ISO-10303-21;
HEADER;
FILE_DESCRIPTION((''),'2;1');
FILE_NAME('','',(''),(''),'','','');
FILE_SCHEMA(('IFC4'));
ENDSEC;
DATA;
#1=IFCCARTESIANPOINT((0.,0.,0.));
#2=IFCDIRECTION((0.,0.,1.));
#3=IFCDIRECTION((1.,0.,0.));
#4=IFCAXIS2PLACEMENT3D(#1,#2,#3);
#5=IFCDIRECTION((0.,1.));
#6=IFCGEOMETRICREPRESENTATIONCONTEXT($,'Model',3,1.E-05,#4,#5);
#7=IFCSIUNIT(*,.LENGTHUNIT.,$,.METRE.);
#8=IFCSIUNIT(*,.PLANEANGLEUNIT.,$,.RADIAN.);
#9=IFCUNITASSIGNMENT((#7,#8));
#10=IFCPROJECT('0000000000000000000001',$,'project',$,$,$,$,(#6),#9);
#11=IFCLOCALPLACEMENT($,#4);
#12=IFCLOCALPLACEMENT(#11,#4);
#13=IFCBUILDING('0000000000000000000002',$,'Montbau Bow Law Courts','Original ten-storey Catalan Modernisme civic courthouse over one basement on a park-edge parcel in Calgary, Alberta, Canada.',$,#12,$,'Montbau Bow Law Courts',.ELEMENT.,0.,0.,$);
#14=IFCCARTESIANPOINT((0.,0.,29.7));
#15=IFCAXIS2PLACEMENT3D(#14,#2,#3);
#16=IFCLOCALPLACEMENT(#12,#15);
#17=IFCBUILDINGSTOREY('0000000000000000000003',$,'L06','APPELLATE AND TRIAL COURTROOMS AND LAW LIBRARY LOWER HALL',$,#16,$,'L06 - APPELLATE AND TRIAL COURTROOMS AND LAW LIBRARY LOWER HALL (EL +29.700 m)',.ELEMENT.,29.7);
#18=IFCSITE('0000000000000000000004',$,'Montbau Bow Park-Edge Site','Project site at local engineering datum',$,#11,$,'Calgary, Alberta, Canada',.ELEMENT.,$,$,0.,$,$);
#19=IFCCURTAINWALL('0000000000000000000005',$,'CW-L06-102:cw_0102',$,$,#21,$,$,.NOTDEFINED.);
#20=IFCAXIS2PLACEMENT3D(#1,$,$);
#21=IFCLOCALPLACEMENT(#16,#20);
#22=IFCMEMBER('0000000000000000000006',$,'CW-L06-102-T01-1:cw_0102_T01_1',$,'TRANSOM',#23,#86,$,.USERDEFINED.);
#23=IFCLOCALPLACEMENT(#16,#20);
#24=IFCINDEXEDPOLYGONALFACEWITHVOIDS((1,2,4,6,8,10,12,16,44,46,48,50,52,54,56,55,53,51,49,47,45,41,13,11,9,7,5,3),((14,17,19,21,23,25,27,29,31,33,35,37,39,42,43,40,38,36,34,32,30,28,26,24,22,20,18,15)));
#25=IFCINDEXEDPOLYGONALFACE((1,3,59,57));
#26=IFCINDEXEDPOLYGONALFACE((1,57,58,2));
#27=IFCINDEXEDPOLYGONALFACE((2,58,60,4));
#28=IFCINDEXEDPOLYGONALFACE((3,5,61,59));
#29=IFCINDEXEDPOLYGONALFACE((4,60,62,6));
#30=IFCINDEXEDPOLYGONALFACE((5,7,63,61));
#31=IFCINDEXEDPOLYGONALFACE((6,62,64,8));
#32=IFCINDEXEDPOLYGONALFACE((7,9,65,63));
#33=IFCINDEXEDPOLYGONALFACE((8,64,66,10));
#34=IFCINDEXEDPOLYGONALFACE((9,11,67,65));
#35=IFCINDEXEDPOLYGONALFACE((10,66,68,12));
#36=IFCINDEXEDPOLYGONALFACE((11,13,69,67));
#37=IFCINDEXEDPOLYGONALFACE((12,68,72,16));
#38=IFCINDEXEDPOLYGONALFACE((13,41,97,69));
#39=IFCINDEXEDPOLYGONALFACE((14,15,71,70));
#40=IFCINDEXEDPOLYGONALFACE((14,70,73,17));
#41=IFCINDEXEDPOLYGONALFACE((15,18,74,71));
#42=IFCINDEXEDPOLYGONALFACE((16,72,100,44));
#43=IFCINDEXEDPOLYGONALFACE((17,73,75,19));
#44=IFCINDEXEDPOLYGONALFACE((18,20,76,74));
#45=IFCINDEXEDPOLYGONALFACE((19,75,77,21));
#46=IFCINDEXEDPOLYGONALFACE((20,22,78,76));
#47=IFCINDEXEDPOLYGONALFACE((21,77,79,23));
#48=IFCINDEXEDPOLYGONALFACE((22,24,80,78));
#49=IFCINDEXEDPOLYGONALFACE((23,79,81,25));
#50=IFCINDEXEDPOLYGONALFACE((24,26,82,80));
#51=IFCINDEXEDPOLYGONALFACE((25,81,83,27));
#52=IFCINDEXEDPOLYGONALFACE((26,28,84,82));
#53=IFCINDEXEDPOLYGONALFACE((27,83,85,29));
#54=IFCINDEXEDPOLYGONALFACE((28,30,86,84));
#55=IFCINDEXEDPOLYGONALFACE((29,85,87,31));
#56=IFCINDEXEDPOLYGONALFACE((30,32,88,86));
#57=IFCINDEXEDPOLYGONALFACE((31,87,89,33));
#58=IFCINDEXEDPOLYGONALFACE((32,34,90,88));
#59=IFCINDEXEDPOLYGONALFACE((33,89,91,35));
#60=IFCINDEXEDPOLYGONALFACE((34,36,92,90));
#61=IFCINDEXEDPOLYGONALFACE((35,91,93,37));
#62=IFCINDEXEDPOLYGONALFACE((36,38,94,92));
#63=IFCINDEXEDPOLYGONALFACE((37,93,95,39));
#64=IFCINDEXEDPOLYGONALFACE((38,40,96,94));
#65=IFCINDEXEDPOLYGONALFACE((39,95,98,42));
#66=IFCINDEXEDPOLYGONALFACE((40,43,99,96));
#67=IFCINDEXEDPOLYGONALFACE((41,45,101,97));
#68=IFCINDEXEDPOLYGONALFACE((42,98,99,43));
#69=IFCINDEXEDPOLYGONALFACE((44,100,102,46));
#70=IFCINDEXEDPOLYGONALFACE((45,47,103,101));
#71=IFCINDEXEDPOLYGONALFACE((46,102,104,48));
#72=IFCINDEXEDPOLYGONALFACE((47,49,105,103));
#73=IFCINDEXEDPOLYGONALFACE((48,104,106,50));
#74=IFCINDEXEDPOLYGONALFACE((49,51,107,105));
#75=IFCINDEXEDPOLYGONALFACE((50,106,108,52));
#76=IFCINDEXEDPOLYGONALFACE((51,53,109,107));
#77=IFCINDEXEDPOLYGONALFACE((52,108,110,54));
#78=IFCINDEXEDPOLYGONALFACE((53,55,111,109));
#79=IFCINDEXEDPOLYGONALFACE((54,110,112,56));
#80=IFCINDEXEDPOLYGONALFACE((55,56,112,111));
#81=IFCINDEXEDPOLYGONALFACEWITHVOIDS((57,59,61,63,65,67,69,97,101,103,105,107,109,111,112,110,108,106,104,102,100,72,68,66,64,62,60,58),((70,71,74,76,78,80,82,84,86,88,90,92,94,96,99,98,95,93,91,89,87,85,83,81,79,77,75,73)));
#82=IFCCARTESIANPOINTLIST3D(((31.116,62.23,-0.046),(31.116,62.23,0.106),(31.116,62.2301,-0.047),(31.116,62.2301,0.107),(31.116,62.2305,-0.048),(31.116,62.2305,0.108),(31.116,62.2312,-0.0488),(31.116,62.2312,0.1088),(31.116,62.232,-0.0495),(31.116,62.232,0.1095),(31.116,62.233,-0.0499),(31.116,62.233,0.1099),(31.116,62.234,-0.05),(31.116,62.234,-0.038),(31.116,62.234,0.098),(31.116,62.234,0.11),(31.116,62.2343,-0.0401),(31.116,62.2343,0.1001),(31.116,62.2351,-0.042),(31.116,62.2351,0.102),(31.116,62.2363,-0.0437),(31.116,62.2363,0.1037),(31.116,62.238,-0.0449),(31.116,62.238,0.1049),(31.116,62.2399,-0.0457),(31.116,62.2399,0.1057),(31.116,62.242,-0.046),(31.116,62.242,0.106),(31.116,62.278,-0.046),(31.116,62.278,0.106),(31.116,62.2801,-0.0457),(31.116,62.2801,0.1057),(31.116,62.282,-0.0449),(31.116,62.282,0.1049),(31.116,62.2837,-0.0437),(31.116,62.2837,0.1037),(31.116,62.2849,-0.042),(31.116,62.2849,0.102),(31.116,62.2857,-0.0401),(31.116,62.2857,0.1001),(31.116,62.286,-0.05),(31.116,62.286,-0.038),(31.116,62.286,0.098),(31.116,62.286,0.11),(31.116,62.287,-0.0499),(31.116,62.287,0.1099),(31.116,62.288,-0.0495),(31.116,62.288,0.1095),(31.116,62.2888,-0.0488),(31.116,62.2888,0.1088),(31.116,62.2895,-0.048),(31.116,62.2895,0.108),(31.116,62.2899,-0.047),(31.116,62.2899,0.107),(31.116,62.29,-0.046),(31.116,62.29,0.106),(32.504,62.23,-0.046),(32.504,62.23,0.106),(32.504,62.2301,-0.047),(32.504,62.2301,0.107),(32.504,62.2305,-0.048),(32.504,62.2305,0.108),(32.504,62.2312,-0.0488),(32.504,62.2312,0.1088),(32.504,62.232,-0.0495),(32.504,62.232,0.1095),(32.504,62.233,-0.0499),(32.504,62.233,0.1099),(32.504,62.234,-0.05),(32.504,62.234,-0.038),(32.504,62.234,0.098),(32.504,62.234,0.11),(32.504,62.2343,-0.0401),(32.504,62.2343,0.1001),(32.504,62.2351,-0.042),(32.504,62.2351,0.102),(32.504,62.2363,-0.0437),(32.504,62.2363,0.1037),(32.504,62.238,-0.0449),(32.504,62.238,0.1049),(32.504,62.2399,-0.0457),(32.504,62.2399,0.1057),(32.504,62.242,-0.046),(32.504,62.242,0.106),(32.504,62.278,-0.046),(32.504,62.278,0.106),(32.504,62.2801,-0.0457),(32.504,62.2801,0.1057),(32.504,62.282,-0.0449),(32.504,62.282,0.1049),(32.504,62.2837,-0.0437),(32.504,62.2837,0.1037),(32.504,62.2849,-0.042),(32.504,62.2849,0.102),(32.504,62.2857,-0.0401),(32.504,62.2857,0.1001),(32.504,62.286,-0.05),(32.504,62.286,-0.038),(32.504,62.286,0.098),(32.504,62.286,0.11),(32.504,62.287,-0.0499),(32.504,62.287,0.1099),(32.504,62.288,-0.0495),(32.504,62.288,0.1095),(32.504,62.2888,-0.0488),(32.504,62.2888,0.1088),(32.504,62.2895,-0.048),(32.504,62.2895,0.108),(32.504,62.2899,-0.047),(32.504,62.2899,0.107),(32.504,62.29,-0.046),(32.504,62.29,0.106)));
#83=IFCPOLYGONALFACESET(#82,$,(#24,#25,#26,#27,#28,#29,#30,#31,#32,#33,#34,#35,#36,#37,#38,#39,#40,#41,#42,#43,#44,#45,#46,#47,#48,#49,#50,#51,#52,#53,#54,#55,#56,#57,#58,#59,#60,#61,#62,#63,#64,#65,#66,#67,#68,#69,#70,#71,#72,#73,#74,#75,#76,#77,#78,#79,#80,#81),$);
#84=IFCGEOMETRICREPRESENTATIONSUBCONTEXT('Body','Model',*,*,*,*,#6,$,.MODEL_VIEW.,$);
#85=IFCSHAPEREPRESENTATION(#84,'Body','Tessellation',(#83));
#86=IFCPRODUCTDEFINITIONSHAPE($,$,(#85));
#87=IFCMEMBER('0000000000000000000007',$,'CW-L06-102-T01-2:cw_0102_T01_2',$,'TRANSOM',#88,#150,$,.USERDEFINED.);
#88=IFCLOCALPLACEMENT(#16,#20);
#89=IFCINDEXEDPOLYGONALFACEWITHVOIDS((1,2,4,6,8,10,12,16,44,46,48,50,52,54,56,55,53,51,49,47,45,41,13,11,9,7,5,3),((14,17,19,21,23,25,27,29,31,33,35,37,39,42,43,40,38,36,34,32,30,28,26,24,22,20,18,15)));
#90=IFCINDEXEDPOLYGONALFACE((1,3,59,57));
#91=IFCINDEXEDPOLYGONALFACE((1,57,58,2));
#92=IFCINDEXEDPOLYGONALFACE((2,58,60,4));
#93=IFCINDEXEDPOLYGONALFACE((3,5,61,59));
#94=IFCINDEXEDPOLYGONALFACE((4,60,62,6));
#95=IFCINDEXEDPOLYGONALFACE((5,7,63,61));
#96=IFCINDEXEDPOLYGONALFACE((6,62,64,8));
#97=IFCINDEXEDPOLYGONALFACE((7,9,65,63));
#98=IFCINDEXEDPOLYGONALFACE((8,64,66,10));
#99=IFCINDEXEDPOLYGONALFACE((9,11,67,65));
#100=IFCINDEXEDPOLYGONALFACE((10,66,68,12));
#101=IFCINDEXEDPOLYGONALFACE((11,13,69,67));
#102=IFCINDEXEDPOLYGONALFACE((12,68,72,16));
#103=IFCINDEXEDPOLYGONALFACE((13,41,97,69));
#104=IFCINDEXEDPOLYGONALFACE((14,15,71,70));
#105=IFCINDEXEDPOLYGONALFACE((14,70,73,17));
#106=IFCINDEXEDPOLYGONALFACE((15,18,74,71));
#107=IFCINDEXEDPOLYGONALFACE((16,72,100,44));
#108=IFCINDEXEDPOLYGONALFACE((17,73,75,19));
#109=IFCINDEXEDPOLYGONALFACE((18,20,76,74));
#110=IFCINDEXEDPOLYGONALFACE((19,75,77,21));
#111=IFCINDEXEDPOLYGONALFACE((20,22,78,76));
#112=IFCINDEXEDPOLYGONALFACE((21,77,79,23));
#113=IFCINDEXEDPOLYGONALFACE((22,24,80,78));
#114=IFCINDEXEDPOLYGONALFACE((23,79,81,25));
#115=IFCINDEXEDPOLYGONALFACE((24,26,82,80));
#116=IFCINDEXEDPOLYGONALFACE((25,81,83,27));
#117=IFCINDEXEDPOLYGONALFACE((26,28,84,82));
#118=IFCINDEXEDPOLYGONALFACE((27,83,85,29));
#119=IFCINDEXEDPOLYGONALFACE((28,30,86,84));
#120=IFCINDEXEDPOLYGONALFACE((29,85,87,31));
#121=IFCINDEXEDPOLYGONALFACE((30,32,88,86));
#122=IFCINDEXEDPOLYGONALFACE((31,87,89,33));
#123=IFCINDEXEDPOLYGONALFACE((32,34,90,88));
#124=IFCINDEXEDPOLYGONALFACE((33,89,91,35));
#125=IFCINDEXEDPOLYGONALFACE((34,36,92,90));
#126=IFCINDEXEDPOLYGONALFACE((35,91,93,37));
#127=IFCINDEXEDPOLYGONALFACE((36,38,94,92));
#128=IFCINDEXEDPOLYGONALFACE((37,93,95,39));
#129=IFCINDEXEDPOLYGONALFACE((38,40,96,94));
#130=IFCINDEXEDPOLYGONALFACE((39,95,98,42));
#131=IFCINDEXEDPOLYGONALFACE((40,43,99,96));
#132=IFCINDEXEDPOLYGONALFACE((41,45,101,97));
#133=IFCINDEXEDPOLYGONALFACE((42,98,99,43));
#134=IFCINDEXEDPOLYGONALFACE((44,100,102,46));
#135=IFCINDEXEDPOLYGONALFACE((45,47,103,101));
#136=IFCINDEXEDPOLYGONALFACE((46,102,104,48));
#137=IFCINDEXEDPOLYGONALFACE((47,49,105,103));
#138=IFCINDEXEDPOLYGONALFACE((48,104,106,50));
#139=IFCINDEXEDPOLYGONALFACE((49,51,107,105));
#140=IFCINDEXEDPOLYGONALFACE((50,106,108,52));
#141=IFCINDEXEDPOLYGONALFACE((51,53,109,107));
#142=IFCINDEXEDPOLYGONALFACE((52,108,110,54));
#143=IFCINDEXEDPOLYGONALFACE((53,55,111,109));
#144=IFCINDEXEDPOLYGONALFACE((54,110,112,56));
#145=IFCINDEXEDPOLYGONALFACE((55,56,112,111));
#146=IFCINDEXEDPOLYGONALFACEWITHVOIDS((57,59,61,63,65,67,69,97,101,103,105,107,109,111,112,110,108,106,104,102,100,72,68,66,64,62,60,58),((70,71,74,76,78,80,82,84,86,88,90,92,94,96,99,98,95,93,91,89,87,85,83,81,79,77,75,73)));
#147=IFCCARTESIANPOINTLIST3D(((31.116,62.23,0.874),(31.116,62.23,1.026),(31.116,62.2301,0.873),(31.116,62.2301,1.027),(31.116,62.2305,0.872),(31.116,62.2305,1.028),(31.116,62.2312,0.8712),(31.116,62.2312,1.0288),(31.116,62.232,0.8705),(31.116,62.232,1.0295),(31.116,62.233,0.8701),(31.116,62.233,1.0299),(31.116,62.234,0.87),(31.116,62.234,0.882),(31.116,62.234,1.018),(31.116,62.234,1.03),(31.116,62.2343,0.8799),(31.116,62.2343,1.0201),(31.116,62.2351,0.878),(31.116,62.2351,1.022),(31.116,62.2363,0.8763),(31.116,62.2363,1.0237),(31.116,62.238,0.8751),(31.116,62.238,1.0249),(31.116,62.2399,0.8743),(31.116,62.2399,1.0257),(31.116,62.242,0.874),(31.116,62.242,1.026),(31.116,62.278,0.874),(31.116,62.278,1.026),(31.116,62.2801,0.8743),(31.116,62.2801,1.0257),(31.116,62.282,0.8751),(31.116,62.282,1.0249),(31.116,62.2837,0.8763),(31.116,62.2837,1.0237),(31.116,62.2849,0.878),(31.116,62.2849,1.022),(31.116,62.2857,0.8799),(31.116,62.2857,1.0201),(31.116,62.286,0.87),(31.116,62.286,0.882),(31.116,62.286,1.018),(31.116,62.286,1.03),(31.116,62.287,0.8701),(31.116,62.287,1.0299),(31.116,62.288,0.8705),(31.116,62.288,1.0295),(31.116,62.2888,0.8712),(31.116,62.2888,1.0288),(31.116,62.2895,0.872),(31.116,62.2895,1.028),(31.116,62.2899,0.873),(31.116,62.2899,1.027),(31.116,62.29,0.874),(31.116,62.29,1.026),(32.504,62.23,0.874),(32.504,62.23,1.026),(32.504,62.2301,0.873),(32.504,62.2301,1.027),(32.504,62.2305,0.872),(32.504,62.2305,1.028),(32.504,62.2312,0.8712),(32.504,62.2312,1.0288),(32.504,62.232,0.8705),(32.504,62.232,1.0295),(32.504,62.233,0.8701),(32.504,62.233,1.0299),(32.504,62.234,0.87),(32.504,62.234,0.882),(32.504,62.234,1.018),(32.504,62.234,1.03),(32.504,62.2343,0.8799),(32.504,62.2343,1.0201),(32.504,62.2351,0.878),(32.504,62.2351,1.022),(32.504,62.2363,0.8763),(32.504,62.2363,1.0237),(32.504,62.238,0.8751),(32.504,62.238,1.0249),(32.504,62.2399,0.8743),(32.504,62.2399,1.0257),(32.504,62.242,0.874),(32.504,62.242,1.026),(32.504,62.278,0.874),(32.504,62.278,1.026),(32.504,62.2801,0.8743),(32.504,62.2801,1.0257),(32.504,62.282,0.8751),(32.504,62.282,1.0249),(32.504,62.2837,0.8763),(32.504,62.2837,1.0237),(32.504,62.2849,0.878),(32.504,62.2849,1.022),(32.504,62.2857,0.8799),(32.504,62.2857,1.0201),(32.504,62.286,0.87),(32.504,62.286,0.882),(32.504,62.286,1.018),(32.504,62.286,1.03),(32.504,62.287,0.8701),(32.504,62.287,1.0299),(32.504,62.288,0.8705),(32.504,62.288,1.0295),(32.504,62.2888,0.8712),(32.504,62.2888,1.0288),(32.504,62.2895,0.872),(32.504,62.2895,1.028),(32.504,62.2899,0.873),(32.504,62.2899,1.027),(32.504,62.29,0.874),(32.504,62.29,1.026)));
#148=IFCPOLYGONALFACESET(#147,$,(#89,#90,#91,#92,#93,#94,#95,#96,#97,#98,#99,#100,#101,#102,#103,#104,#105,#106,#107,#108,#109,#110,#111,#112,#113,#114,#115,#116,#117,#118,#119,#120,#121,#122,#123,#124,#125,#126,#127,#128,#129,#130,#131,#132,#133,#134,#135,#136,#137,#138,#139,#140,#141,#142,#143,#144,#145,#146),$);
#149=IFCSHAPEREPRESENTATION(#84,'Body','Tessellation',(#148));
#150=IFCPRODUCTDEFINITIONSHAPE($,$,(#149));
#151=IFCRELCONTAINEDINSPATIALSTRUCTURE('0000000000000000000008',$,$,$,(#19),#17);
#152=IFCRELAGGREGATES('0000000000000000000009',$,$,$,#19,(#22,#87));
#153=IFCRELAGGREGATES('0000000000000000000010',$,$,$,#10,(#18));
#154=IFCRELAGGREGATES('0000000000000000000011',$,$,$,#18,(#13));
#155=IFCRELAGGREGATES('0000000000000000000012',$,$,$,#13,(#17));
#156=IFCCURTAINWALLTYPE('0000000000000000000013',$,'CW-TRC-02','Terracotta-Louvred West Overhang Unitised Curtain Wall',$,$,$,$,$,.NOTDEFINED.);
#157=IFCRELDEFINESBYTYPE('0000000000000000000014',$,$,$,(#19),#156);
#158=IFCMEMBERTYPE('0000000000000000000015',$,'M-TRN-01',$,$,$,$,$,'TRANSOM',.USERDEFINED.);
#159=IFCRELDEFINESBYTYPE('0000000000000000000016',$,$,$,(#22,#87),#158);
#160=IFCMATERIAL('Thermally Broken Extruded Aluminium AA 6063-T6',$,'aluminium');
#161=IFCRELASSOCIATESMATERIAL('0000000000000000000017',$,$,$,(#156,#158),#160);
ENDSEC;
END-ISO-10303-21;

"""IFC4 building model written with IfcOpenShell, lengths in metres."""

from ifc_helpers import new_model, si_unit, direction, frame, origin_with_axes, origin_2d_with_axis, place, context, subcontext, project, spatial, hollow_rectangle, extrude, material, material_profile, profile_set, type_object, element, aggregate, save


model = new_model("IFC4")

# Units and contexts
model_context = context("Model", 3, precision=1e-05, world=origin_with_axes(), true_north=direction((0.0, 1.0)))
body_context = subcontext(model_context, "Body", "Model", "MODEL_VIEW")
ifc_project = project(units=[si_unit("LENGTHUNIT", "METRE"), si_unit("PLANEANGLEUNIT", "RADIAN")], contexts=[model_context])

# Site, building, storey
site_placement = place(None, origin_with_axes())
site = spatial("IfcSite", under=ifc_project, at=site_placement, Name="Montbau Bow Park-Edge Site", Description="Project site at local engineering datum", LongName="Calgary, Alberta, Canada", CompositionType="ELEMENT", RefElevation=0.0)
building_placement = place(site_placement, origin_with_axes())
building = spatial("IfcBuilding", under=site, at=building_placement, Name="Montbau Bow Law Courts", Description="Original ten-storey Catalan Modernisme civic courthouse over one basement on a park-edge parcel in Calgary, Alberta, Canada.", LongName="Montbau Bow Law Courts", CompositionType="ELEMENT", ElevationOfRefHeight=0.0, ElevationOfTerrain=0.0)
storey_placement = place(building_placement, frame((0.0, 0.0, 29.7), z_axis=(0.0, 0.0, 1.0), x_axis=(1.0, 0.0, 0.0)))
storey = spatial("IfcBuildingStorey", under=building, at=storey_placement, Name="L06", Description="APPELLATE AND TRIAL COURTROOMS AND LAW LIBRARY LOWER HALL", LongName="L06 - APPELLATE AND TRIAL COURTROOMS AND LAW LIBRARY LOWER HALL (EL +29.700 m)", CompositionType="ELEMENT", Elevation=29.7)

# Curtain wall
ifc_material_1 = material(Name="Thermally Broken Extruded Aluminium AA 6063-T6", Category="aluminium")
curtain_wall_type = type_object("IfcCurtainWallType", Name="CW-TRC-02", Description="Terracotta-Louvred West Overhang Unitised Curtain Wall", PredefinedType="NOTDEFINED", material=ifc_material_1)
curtain_wall_1_placement = place(None, frame((31.04, 62.26, 29.7), z_axis=(0.0, 0.0, 1.0), x_axis=(1.0, 0.0, 0.0)))
curtain_wall_1 = element("IfcCurtainWall", 1, at=curtain_wall_1_placement, inside=storey, type_object=curtain_wall_type, Name="CW-L06-102:cw_0102", PredefinedType="NOTDEFINED")

# Members
ifc_material_profile_1 = material_profile(ifc_material_1, hollow_rectangle(XDim=0.06, YDim=0.16, WallThickness=0.004, InnerFilletRadius=0.008, OuterFilletRadius=0.004, at=origin_2d_with_axis()), Name="CWT-160X60", Category="Main", Priority=0)
ifc_profile_set_1 = profile_set([ifc_material_profile_1], Name="Thermally Broken Extruded Aluminium AA 6063-T6")
member_type_1 = type_object("IfcMemberType", Name="M-TRN-01", ElementType="TRANSOM", PredefinedType="USERDEFINED", material=ifc_profile_set_1)
member_1_placement = place(None, frame((31.116, 62.26, 29.73), z_axis=(1.0, 0.0, 0.0), x_axis=(0.0, 1.0, 0.0)))
member_1 = element("IfcMember", 2, at=member_1_placement, type_object=member_type_1, Name="CW-L06-102-T01-1:cw_0102_T01_1", ObjectType="TRANSOM", PredefinedType="USERDEFINED", context=body_context, shape_type="SweptSolid", body=[
    extrude(hollow_rectangle(XDim=0.06, YDim=0.16, WallThickness=0.004, InnerFilletRadius=0.008, OuterFilletRadius=0.004, at=origin_2d_with_axis()), origin_with_axes(), (0.0, 0.0, 1.0), 1.388),
])
member_2_placement = place(None, frame((31.116, 62.26, 30.65), z_axis=(1.0, 0.0, 0.0), x_axis=(0.0, 1.0, 0.0)))
member_2 = element("IfcMember", 3, at=member_2_placement, type_object=member_type_1, Name="CW-L06-102-T01-2:cw_0102_T01_2", ObjectType="TRANSOM", PredefinedType="USERDEFINED", context=body_context, shape_type="SweptSolid", body=[
    extrude(hollow_rectangle(XDim=0.06, YDim=0.16, WallThickness=0.004, InnerFilletRadius=0.008, OuterFilletRadius=0.004, at=origin_2d_with_axis()), origin_with_axes(), (0.0, 0.0, 1.0), 1.388),
])

aggregate(curtain_wall_1, [member_1, member_2])

save(model, "model.ifc")
